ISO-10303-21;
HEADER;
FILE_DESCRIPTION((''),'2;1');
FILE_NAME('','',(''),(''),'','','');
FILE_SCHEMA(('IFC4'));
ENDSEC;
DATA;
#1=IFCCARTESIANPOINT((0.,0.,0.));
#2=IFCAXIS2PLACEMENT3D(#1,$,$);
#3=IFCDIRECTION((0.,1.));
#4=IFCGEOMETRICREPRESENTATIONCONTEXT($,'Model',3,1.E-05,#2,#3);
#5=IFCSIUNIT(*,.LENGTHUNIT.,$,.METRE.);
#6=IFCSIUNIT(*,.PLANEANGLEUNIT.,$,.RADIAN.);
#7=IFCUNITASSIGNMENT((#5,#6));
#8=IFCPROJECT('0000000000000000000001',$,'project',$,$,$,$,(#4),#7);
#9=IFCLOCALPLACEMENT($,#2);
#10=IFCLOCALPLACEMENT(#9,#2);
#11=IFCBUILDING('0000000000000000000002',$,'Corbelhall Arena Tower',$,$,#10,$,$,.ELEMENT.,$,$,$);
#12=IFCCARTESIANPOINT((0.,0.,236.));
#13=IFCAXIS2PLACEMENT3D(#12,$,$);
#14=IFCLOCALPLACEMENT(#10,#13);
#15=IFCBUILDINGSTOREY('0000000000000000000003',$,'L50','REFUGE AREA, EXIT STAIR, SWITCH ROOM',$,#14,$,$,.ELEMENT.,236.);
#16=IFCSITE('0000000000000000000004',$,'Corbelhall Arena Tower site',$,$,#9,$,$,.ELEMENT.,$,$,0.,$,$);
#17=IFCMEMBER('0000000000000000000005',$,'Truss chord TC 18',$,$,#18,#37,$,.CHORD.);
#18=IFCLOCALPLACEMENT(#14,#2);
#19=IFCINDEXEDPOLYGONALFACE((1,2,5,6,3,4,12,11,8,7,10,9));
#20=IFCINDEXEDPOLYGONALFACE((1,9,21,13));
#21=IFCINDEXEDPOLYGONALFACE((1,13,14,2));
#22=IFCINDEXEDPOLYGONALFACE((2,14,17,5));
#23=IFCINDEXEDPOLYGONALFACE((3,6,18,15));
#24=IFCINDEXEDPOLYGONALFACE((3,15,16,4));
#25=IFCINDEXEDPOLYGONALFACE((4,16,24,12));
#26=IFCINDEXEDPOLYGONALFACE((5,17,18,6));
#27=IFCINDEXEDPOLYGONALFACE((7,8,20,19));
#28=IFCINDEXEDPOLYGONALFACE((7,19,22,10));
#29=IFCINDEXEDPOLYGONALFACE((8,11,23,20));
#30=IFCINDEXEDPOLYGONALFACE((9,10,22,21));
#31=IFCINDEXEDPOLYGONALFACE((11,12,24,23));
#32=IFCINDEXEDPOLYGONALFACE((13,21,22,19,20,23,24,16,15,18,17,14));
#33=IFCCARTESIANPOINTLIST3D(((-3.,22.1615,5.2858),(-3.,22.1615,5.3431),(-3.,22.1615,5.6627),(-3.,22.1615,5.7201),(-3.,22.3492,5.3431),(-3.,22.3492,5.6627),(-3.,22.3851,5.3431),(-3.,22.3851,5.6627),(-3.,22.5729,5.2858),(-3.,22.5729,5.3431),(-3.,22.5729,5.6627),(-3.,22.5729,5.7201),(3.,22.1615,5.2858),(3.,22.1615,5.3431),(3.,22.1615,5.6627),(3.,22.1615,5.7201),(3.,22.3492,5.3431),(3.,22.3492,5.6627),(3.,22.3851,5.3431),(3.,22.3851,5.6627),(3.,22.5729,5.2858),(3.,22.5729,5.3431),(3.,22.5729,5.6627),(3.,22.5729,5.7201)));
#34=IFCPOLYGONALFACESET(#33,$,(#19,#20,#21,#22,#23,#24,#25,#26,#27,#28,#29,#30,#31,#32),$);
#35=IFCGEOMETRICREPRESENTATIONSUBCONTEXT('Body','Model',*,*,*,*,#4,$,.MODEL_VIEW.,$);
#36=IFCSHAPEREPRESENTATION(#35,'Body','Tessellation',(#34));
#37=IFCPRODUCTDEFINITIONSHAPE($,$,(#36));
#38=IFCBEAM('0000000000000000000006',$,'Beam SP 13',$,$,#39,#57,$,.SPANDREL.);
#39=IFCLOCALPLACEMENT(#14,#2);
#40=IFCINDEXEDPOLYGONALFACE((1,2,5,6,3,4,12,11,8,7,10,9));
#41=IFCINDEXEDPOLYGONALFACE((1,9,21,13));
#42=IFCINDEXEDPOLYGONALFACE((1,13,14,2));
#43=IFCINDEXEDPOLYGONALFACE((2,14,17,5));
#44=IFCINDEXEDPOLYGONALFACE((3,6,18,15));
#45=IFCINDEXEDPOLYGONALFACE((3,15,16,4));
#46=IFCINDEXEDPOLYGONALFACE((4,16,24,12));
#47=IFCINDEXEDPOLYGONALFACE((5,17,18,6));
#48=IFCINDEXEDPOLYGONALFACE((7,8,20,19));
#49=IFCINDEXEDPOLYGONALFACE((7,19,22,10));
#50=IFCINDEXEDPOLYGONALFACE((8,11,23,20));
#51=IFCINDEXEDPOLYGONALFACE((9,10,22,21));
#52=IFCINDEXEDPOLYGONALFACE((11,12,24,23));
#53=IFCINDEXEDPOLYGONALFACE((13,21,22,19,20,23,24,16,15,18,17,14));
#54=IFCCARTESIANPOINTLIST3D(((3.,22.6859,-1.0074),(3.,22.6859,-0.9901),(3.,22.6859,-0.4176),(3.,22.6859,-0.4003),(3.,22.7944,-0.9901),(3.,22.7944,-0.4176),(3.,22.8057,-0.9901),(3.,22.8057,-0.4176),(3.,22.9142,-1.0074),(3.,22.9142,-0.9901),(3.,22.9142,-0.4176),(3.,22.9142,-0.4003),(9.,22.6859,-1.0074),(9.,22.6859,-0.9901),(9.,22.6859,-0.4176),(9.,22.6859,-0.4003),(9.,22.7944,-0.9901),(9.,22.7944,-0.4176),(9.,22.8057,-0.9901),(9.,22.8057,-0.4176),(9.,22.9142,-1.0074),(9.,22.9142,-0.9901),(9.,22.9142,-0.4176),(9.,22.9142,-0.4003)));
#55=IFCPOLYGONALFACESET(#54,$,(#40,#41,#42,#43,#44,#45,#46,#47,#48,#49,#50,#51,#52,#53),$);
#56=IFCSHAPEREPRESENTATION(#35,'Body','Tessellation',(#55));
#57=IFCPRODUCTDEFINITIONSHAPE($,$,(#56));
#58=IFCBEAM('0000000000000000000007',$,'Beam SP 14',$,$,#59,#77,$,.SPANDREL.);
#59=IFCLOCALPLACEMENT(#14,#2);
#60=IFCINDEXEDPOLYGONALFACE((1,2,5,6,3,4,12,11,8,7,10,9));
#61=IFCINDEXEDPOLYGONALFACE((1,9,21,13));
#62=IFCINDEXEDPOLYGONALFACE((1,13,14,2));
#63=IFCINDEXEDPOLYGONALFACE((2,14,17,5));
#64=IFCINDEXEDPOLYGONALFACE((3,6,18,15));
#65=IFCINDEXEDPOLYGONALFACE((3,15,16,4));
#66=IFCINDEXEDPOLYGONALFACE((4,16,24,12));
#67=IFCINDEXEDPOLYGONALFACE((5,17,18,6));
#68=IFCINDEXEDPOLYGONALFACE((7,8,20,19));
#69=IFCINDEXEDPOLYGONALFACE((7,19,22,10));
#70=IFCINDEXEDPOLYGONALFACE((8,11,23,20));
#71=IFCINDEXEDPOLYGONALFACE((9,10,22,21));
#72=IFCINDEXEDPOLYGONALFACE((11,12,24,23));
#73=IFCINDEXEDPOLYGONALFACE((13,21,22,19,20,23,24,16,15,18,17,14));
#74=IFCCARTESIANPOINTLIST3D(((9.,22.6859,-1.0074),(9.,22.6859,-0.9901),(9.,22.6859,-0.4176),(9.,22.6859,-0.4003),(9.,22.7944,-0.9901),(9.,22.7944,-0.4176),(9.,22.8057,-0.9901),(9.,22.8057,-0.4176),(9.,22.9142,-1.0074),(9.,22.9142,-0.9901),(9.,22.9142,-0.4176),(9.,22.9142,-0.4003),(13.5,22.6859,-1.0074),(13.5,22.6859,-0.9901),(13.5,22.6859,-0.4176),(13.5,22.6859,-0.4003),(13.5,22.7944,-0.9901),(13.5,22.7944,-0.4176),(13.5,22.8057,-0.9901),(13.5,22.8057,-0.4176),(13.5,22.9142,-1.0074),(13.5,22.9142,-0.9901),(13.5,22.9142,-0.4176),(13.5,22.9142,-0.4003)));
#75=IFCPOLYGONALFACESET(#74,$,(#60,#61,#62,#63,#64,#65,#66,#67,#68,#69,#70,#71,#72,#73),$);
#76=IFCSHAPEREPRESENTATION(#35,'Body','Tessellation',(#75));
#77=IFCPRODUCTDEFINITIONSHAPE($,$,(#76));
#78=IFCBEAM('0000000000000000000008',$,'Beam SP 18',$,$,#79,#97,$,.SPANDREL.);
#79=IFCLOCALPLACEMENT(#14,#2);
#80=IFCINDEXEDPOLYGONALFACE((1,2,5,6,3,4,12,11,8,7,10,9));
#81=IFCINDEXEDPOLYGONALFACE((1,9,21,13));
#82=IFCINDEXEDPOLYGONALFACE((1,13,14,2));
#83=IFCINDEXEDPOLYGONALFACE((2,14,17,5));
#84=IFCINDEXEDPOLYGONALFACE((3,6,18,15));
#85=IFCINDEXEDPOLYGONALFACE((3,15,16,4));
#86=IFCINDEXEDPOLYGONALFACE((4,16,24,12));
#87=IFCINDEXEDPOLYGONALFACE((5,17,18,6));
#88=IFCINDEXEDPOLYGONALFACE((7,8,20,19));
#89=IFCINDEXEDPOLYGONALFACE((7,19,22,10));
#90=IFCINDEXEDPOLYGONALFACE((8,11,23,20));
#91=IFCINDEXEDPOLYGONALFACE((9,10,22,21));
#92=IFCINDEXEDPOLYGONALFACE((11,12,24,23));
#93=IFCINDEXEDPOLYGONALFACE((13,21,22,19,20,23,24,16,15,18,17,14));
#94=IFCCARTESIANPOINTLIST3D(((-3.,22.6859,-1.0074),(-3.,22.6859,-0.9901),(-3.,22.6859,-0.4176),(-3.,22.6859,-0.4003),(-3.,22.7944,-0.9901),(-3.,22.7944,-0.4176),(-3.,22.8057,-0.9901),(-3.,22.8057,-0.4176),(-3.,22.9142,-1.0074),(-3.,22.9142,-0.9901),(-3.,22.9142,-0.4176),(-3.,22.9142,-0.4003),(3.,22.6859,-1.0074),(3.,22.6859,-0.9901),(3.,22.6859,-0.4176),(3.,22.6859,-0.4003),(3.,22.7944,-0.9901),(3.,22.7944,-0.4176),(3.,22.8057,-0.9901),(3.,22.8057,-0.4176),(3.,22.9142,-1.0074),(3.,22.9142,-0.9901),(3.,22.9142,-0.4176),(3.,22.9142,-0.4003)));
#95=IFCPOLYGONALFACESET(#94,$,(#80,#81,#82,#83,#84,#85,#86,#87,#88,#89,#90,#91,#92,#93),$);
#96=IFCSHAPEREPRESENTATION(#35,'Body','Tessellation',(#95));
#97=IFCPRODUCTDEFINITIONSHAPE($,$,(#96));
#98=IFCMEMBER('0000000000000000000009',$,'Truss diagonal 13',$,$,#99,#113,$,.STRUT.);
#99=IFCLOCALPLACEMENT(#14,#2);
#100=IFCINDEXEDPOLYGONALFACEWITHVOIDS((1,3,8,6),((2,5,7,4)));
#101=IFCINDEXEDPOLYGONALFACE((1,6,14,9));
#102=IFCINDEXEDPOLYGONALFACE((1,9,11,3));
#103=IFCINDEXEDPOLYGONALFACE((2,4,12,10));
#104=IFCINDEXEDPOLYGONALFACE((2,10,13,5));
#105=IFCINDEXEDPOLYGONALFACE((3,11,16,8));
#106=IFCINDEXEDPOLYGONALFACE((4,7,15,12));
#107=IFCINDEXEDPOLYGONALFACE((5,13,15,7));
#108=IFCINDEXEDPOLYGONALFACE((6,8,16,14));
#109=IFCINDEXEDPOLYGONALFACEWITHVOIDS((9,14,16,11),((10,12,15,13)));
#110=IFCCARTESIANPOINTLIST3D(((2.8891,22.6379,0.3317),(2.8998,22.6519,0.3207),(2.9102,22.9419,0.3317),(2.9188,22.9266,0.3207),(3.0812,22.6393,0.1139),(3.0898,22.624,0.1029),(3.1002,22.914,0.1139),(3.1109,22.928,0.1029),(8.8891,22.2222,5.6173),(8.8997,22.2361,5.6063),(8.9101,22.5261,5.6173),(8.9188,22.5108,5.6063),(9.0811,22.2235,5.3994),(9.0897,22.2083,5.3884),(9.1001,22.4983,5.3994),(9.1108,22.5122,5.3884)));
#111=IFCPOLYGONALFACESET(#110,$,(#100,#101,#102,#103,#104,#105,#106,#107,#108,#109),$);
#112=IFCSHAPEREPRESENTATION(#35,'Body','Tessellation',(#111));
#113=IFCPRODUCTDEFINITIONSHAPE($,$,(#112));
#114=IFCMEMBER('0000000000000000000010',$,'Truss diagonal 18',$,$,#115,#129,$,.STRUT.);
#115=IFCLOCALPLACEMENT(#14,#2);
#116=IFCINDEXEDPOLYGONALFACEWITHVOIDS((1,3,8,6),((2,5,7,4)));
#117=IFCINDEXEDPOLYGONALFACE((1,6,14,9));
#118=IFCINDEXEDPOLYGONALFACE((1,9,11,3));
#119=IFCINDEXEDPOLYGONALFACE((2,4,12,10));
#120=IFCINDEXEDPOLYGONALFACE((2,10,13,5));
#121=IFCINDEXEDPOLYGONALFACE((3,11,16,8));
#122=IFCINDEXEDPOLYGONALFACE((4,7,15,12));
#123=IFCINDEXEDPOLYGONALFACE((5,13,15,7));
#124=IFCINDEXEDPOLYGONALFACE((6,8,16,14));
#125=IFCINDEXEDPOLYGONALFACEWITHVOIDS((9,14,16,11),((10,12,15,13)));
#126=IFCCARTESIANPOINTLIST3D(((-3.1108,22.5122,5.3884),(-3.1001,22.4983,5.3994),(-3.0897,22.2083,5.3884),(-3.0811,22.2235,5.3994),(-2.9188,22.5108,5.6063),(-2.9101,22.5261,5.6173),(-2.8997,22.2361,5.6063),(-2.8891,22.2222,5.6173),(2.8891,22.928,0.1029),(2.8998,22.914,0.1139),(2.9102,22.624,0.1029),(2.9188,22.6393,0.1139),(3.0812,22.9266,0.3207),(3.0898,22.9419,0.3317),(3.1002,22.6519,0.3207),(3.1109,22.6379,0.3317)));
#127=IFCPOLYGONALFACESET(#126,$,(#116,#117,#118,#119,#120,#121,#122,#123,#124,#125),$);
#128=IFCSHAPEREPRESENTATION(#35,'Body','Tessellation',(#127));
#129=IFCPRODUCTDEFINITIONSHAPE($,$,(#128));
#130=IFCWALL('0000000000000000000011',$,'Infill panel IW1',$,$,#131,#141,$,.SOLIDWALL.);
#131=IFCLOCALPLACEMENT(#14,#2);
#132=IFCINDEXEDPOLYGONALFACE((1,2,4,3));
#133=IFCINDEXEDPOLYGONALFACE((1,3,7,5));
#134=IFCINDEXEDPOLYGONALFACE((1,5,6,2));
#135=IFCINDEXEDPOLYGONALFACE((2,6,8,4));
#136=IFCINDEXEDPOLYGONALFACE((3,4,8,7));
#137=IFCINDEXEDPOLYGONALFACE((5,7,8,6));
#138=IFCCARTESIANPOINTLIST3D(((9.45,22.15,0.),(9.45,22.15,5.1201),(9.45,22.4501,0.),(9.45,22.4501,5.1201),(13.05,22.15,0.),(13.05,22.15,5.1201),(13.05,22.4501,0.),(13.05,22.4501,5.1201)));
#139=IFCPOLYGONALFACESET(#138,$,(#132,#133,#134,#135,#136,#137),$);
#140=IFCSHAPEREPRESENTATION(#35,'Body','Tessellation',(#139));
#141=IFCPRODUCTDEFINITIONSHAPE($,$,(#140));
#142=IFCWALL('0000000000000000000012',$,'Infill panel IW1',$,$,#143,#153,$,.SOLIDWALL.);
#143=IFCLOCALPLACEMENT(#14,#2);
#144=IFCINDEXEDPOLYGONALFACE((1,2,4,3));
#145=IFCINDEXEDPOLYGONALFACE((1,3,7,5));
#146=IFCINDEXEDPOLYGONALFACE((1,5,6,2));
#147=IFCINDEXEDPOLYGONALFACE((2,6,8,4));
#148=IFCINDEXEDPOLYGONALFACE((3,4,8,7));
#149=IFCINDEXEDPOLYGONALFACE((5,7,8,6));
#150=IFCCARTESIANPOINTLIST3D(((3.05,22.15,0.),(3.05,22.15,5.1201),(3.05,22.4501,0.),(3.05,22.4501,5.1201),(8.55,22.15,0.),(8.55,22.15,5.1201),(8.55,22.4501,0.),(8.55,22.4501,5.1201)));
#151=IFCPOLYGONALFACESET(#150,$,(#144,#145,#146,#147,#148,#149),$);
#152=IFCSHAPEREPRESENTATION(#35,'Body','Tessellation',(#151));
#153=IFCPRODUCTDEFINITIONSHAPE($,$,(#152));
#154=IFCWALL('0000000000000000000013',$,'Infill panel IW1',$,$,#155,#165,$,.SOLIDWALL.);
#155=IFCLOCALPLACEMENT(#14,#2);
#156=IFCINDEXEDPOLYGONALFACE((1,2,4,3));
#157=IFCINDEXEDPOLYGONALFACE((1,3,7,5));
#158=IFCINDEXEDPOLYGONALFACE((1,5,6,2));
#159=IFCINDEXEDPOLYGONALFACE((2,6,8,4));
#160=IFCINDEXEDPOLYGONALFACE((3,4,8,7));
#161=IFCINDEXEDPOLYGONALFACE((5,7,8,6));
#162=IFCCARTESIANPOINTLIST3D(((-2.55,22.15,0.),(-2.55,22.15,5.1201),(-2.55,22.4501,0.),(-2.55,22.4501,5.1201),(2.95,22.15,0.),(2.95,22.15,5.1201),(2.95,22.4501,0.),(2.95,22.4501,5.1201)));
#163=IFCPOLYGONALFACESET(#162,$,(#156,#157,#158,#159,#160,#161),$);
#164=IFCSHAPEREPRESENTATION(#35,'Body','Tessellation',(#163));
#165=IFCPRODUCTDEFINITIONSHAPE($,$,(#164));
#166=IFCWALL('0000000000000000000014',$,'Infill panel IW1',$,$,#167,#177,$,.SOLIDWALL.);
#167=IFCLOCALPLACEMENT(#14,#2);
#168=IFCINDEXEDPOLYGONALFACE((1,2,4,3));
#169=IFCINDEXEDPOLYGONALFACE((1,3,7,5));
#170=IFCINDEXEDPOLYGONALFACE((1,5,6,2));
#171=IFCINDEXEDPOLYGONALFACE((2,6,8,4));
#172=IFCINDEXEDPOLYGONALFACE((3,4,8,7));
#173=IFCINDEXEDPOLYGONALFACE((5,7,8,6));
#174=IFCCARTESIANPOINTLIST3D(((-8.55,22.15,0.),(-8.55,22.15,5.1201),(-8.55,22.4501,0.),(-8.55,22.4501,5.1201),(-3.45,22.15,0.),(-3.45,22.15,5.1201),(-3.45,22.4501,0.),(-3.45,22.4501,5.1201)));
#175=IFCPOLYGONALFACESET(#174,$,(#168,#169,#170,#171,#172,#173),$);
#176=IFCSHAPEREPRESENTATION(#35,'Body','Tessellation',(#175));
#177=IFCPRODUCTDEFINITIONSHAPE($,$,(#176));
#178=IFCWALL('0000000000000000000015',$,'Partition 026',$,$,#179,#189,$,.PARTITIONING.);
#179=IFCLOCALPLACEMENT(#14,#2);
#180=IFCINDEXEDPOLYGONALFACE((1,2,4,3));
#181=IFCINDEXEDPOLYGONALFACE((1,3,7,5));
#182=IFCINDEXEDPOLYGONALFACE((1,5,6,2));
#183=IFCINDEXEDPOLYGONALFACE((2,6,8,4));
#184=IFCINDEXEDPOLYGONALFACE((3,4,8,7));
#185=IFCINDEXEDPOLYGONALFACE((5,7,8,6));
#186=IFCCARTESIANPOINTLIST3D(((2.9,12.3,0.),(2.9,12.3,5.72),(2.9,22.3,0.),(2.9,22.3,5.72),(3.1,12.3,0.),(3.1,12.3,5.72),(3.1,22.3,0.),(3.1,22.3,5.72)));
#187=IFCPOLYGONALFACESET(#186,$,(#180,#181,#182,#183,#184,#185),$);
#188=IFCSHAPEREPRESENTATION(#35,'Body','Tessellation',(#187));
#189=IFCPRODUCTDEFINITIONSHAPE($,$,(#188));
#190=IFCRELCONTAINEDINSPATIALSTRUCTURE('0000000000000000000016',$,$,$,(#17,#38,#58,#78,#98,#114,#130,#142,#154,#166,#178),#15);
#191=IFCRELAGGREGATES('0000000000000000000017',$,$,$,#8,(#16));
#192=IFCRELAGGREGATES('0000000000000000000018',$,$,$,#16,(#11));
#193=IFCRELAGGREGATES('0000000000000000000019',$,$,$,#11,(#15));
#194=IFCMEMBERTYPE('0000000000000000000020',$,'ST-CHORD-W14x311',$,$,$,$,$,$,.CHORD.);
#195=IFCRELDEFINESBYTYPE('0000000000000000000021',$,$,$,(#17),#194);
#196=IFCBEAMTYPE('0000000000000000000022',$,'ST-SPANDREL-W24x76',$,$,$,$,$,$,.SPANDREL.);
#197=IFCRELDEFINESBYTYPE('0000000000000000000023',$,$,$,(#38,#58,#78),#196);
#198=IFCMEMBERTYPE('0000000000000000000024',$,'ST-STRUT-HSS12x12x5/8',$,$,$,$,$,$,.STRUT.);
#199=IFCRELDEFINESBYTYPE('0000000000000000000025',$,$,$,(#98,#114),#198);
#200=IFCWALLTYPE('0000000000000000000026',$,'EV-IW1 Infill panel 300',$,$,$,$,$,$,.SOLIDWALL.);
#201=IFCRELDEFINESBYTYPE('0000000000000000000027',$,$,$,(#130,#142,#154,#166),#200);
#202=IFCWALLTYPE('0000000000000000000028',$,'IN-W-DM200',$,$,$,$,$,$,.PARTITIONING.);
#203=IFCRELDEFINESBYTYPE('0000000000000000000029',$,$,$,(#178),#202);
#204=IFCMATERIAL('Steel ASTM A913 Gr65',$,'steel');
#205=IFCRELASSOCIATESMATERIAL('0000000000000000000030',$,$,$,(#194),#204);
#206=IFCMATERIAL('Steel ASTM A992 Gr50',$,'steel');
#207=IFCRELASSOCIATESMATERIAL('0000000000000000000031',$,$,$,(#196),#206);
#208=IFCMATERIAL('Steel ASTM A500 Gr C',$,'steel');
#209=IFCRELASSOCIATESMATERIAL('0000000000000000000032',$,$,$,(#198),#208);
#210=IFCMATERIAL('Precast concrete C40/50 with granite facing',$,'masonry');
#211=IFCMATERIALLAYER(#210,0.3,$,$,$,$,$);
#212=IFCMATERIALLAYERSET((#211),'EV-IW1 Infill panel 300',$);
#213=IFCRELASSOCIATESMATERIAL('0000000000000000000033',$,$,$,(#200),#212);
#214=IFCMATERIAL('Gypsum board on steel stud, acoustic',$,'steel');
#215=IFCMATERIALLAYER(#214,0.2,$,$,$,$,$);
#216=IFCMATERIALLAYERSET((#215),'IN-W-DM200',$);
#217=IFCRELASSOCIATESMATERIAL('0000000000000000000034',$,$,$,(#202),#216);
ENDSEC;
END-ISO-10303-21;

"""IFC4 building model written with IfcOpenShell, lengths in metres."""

from ifc_helpers import new_model, si_unit, direction, frame, frame_2d, origin, origin_2d, place, context, subcontext, project, spatial, rectangle, hollow_rectangle, i_section, extrude, material, layer, layer_set, material_profile, profile_set, type_object, element, save


model = new_model("IFC4")

# Units and contexts
model_context = context("Model", 3, precision=1e-05, world=origin(), true_north=direction((0.0, 1.0)))
body_context = subcontext(model_context, "Body", "Model", "MODEL_VIEW")
ifc_project = project(units=[si_unit("LENGTHUNIT", "METRE"), si_unit("PLANEANGLEUNIT", "RADIAN")], contexts=[model_context])

# Site, building, storey
site_placement = place(None, origin())
site = spatial("IfcSite", under=ifc_project, at=site_placement, Name="Corbelhall Arena Tower site", CompositionType="ELEMENT", RefElevation=0.0)
building_placement = place(site_placement, origin())
building = spatial("IfcBuilding", under=site, at=building_placement, Name="Corbelhall Arena Tower", CompositionType="ELEMENT")
storey_placement = place(building_placement, frame((0.0, 0.0, 236.0)))
storey = spatial("IfcBuildingStorey", under=building, at=storey_placement, Name="L50", Description="REFUGE AREA, EXIT STAIR, SWITCH ROOM", CompositionType="ELEMENT", Elevation=236.0)

# Member
ifc_material_1 = material(Name="Steel ASTM A913 Gr65", Category="steel")
ifc_material_profile_1 = material_profile(ifc_material_1, i_section(OverallWidth=0.4114, OverallDepth=0.4343, WebThickness=0.0359, FlangeThickness=0.0574, at=origin_2d()))
ifc_profile_set_1 = profile_set([ifc_material_profile_1], Name="Steel ASTM A913 Gr65")
member_type_1 = type_object("IfcMemberType", Name="ST-CHORD-W14x311", PredefinedType="CHORD", material=ifc_profile_set_1)
for number, where, z_axis, x_axis, name in (
    (1, (-3.0, 22.3672, 5.5029), (1.0, 0.0, 0.0), (0.0, 1.0, 0.0), "Truss chord TC 18"),
):
    element("IfcMember", number, at=place(storey_placement, frame(where, z_axis=z_axis, x_axis=x_axis)), inside=storey, type_object=member_type_1, Name=name, PredefinedType="CHORD", context=body_context, shape_type="SweptSolid", body=[
        extrude(i_section(OverallWidth=0.4114, OverallDepth=0.4343, WebThickness=0.0359, FlangeThickness=0.0574, at=origin_2d()), origin(), (0.0, 0.0, 1.0), 6.0),
    ])

# Beams
ifc_material_2 = material(Name="Steel ASTM A992 Gr50", Category="steel")
ifc_material_profile_2 = material_profile(ifc_material_2, i_section(OverallWidth=0.2283, OverallDepth=0.6072, WebThickness=0.0112, FlangeThickness=0.0173, at=origin_2d()))
ifc_profile_set_2 = profile_set([ifc_material_profile_2], Name="Steel ASTM A992 Gr50")
beam_type = type_object("IfcBeamType", Name="ST-SPANDREL-W24x76", PredefinedType="SPANDREL", material=ifc_profile_set_2)
beam_1_placement = place(storey_placement, frame((3.0, 22.8, -0.7039), z_axis=(1.0, 0.0, 0.0), x_axis=(0.0, 1.0, 0.0)))
element("IfcBeam", 2, at=beam_1_placement, inside=storey, type_object=beam_type, Name="Beam SP 13", PredefinedType="SPANDREL", context=body_context, shape_type="SweptSolid", body=[
    extrude(i_section(OverallWidth=0.2283, OverallDepth=0.6072, WebThickness=0.0112, FlangeThickness=0.0173, at=origin_2d()), origin(), (0.0, 0.0, 1.0), 6.0),
])
beam_2_placement = place(storey_placement, frame((9.0, 22.8, -0.7039), z_axis=(1.0, 0.0, 0.0), x_axis=(0.0, 1.0, 0.0)))
element("IfcBeam", 3, at=beam_2_placement, inside=storey, type_object=beam_type, Name="Beam SP 14", PredefinedType="SPANDREL", context=body_context, shape_type="SweptSolid", body=[
    extrude(i_section(OverallWidth=0.2283, OverallDepth=0.6072, WebThickness=0.0112, FlangeThickness=0.0173, at=origin_2d()), origin(), (0.0, 0.0, 1.0), 4.5),
])
beam_3_placement = place(storey_placement, frame((-3.0, 22.8, -0.7039), z_axis=(1.0, 0.0, 0.0), x_axis=(0.0, 1.0, 0.0)))
element("IfcBeam", 4, at=beam_3_placement, inside=storey, type_object=beam_type, Name="Beam SP 18", PredefinedType="SPANDREL", context=body_context, shape_type="SweptSolid", body=[
    extrude(i_section(OverallWidth=0.2283, OverallDepth=0.6072, WebThickness=0.0112, FlangeThickness=0.0173, at=origin_2d()), origin(), (0.0, 0.0, 1.0), 6.0),
])

# Members
ifc_material_3 = material(Name="Steel ASTM A500 Gr C", Category="steel")
ifc_material_profile_3 = material_profile(ifc_material_3, hollow_rectangle(XDim=0.3047, YDim=0.3047, WallThickness=0.0146, at=origin_2d()))
ifc_profile_set_3 = profile_set([ifc_material_profile_3], Name="Steel ASTM A500 Gr C")
member_type_2 = type_object("IfcMemberType", Name="ST-STRUT-HSS12x12x5/8", PredefinedType="STRUT", material=ifc_profile_set_3)
for number, where, z_axis, x_axis, name in (
    (5, (3.0, 22.783, 0.2173), (0.749351, -0.051926, 0.660134), (0.069129, 0.997608, 0.0), "Truss diagonal 13"),
    (6, (3.0, 22.783, 0.2173), (-0.749351, -0.051926, 0.660134), (0.069129, -0.997608, 0.0), "Truss diagonal 18"),
):
    element("IfcMember", number, at=place(storey_placement, frame(where, z_axis=z_axis, x_axis=x_axis)), inside=storey, type_object=member_type_2, Name=name, PredefinedType="STRUT", context=body_context, shape_type="SweptSolid", body=[
        extrude(hollow_rectangle(XDim=0.3047, YDim=0.3047, WallThickness=0.0146, at=origin_2d()), origin(), (0.0, 0.0, 1.0), 8.0068),
    ])

# Walls
ifc_material_4 = material(Name="Precast concrete C40/50 with granite facing", Category="masonry")
ifc_layer_1 = layer(ifc_material_4, 0.3)
ifc_layer_set_1 = layer_set([ifc_layer_1], Name="EV-IW1 Infill panel 300")
wall_type_1 = type_object("IfcWallType", Name="EV-IW1 Infill panel 300", PredefinedType="SOLIDWALL", material=ifc_layer_set_1)
wall_1_placement = place(storey_placement, frame((13.05, 22.3, 0.0), z_axis=(0.0, 0.0, 1.0), x_axis=(-1.0, 0.0, 0.0)))
element("IfcWall", 7, at=wall_1_placement, inside=storey, type_object=wall_type_1, Name="Infill panel IW1", PredefinedType="SOLIDWALL", context=body_context, shape_type="SweptSolid", body=[
    extrude(rectangle(XDim=3.6001, YDim=0.3, at=frame_2d((1.8, 0.0))), origin(), (0.0, 0.0, 1.0), 5.1201),
])
for number, where, z_axis, x_axis, name in (
    (8, (8.55, 22.3, 0.0), (0.0, 0.0, 1.0), (-1.0, 0.0, 0.0), "Infill panel IW1"),
    (9, (2.95, 22.3, 0.0), (0.0, 0.0, 1.0), (-1.0, 0.0, 0.0), "Infill panel IW1"),
):
    element("IfcWall", number, at=place(storey_placement, frame(where, z_axis=z_axis, x_axis=x_axis)), inside=storey, type_object=wall_type_1, Name=name, PredefinedType="SOLIDWALL", context=body_context, shape_type="SweptSolid", body=[
        extrude(rectangle(XDim=5.5, YDim=0.3, at=frame_2d((2.75, 0.0))), origin(), (0.0, 0.0, 1.0), 5.1201),
    ])
wall_2_placement = place(storey_placement, frame((-3.45, 22.3, 0.0), z_axis=(0.0, 0.0, 1.0), x_axis=(-1.0, 0.0, 0.0)))
element("IfcWall", 10, at=wall_2_placement, inside=storey, type_object=wall_type_1, Name="Infill panel IW1", PredefinedType="SOLIDWALL", context=body_context, shape_type="SweptSolid", body=[
    extrude(rectangle(XDim=5.1001, YDim=0.3, at=frame_2d((2.55, 0.0))), origin(), (0.0, 0.0, 1.0), 5.1201),
])
ifc_material_5 = material(Name="Gypsum board on steel stud, acoustic", Category="steel")
ifc_layer_2 = layer(ifc_material_5, 0.2)
ifc_layer_set_2 = layer_set([ifc_layer_2], Name="IN-W-DM200")
wall_type_2 = type_object("IfcWallType", Name="IN-W-DM200", PredefinedType="PARTITIONING", material=ifc_layer_set_2)
wall_3_placement = place(storey_placement, frame((3.0, 22.3, 0.0), z_axis=(0.0, 0.0, 1.0), x_axis=(0.0, -1.0, 0.0)))
element("IfcWall", 11, at=wall_3_placement, inside=storey, type_object=wall_type_2, Name="Partition 026", PredefinedType="PARTITIONING", context=body_context, shape_type="SweptSolid", body=[
    extrude(rectangle(XDim=10.0, YDim=0.2, at=frame_2d((5.0, 0.0))), origin(), (0.0, 0.0, 1.0), 5.72),
])

save(model, "model.ifc")
